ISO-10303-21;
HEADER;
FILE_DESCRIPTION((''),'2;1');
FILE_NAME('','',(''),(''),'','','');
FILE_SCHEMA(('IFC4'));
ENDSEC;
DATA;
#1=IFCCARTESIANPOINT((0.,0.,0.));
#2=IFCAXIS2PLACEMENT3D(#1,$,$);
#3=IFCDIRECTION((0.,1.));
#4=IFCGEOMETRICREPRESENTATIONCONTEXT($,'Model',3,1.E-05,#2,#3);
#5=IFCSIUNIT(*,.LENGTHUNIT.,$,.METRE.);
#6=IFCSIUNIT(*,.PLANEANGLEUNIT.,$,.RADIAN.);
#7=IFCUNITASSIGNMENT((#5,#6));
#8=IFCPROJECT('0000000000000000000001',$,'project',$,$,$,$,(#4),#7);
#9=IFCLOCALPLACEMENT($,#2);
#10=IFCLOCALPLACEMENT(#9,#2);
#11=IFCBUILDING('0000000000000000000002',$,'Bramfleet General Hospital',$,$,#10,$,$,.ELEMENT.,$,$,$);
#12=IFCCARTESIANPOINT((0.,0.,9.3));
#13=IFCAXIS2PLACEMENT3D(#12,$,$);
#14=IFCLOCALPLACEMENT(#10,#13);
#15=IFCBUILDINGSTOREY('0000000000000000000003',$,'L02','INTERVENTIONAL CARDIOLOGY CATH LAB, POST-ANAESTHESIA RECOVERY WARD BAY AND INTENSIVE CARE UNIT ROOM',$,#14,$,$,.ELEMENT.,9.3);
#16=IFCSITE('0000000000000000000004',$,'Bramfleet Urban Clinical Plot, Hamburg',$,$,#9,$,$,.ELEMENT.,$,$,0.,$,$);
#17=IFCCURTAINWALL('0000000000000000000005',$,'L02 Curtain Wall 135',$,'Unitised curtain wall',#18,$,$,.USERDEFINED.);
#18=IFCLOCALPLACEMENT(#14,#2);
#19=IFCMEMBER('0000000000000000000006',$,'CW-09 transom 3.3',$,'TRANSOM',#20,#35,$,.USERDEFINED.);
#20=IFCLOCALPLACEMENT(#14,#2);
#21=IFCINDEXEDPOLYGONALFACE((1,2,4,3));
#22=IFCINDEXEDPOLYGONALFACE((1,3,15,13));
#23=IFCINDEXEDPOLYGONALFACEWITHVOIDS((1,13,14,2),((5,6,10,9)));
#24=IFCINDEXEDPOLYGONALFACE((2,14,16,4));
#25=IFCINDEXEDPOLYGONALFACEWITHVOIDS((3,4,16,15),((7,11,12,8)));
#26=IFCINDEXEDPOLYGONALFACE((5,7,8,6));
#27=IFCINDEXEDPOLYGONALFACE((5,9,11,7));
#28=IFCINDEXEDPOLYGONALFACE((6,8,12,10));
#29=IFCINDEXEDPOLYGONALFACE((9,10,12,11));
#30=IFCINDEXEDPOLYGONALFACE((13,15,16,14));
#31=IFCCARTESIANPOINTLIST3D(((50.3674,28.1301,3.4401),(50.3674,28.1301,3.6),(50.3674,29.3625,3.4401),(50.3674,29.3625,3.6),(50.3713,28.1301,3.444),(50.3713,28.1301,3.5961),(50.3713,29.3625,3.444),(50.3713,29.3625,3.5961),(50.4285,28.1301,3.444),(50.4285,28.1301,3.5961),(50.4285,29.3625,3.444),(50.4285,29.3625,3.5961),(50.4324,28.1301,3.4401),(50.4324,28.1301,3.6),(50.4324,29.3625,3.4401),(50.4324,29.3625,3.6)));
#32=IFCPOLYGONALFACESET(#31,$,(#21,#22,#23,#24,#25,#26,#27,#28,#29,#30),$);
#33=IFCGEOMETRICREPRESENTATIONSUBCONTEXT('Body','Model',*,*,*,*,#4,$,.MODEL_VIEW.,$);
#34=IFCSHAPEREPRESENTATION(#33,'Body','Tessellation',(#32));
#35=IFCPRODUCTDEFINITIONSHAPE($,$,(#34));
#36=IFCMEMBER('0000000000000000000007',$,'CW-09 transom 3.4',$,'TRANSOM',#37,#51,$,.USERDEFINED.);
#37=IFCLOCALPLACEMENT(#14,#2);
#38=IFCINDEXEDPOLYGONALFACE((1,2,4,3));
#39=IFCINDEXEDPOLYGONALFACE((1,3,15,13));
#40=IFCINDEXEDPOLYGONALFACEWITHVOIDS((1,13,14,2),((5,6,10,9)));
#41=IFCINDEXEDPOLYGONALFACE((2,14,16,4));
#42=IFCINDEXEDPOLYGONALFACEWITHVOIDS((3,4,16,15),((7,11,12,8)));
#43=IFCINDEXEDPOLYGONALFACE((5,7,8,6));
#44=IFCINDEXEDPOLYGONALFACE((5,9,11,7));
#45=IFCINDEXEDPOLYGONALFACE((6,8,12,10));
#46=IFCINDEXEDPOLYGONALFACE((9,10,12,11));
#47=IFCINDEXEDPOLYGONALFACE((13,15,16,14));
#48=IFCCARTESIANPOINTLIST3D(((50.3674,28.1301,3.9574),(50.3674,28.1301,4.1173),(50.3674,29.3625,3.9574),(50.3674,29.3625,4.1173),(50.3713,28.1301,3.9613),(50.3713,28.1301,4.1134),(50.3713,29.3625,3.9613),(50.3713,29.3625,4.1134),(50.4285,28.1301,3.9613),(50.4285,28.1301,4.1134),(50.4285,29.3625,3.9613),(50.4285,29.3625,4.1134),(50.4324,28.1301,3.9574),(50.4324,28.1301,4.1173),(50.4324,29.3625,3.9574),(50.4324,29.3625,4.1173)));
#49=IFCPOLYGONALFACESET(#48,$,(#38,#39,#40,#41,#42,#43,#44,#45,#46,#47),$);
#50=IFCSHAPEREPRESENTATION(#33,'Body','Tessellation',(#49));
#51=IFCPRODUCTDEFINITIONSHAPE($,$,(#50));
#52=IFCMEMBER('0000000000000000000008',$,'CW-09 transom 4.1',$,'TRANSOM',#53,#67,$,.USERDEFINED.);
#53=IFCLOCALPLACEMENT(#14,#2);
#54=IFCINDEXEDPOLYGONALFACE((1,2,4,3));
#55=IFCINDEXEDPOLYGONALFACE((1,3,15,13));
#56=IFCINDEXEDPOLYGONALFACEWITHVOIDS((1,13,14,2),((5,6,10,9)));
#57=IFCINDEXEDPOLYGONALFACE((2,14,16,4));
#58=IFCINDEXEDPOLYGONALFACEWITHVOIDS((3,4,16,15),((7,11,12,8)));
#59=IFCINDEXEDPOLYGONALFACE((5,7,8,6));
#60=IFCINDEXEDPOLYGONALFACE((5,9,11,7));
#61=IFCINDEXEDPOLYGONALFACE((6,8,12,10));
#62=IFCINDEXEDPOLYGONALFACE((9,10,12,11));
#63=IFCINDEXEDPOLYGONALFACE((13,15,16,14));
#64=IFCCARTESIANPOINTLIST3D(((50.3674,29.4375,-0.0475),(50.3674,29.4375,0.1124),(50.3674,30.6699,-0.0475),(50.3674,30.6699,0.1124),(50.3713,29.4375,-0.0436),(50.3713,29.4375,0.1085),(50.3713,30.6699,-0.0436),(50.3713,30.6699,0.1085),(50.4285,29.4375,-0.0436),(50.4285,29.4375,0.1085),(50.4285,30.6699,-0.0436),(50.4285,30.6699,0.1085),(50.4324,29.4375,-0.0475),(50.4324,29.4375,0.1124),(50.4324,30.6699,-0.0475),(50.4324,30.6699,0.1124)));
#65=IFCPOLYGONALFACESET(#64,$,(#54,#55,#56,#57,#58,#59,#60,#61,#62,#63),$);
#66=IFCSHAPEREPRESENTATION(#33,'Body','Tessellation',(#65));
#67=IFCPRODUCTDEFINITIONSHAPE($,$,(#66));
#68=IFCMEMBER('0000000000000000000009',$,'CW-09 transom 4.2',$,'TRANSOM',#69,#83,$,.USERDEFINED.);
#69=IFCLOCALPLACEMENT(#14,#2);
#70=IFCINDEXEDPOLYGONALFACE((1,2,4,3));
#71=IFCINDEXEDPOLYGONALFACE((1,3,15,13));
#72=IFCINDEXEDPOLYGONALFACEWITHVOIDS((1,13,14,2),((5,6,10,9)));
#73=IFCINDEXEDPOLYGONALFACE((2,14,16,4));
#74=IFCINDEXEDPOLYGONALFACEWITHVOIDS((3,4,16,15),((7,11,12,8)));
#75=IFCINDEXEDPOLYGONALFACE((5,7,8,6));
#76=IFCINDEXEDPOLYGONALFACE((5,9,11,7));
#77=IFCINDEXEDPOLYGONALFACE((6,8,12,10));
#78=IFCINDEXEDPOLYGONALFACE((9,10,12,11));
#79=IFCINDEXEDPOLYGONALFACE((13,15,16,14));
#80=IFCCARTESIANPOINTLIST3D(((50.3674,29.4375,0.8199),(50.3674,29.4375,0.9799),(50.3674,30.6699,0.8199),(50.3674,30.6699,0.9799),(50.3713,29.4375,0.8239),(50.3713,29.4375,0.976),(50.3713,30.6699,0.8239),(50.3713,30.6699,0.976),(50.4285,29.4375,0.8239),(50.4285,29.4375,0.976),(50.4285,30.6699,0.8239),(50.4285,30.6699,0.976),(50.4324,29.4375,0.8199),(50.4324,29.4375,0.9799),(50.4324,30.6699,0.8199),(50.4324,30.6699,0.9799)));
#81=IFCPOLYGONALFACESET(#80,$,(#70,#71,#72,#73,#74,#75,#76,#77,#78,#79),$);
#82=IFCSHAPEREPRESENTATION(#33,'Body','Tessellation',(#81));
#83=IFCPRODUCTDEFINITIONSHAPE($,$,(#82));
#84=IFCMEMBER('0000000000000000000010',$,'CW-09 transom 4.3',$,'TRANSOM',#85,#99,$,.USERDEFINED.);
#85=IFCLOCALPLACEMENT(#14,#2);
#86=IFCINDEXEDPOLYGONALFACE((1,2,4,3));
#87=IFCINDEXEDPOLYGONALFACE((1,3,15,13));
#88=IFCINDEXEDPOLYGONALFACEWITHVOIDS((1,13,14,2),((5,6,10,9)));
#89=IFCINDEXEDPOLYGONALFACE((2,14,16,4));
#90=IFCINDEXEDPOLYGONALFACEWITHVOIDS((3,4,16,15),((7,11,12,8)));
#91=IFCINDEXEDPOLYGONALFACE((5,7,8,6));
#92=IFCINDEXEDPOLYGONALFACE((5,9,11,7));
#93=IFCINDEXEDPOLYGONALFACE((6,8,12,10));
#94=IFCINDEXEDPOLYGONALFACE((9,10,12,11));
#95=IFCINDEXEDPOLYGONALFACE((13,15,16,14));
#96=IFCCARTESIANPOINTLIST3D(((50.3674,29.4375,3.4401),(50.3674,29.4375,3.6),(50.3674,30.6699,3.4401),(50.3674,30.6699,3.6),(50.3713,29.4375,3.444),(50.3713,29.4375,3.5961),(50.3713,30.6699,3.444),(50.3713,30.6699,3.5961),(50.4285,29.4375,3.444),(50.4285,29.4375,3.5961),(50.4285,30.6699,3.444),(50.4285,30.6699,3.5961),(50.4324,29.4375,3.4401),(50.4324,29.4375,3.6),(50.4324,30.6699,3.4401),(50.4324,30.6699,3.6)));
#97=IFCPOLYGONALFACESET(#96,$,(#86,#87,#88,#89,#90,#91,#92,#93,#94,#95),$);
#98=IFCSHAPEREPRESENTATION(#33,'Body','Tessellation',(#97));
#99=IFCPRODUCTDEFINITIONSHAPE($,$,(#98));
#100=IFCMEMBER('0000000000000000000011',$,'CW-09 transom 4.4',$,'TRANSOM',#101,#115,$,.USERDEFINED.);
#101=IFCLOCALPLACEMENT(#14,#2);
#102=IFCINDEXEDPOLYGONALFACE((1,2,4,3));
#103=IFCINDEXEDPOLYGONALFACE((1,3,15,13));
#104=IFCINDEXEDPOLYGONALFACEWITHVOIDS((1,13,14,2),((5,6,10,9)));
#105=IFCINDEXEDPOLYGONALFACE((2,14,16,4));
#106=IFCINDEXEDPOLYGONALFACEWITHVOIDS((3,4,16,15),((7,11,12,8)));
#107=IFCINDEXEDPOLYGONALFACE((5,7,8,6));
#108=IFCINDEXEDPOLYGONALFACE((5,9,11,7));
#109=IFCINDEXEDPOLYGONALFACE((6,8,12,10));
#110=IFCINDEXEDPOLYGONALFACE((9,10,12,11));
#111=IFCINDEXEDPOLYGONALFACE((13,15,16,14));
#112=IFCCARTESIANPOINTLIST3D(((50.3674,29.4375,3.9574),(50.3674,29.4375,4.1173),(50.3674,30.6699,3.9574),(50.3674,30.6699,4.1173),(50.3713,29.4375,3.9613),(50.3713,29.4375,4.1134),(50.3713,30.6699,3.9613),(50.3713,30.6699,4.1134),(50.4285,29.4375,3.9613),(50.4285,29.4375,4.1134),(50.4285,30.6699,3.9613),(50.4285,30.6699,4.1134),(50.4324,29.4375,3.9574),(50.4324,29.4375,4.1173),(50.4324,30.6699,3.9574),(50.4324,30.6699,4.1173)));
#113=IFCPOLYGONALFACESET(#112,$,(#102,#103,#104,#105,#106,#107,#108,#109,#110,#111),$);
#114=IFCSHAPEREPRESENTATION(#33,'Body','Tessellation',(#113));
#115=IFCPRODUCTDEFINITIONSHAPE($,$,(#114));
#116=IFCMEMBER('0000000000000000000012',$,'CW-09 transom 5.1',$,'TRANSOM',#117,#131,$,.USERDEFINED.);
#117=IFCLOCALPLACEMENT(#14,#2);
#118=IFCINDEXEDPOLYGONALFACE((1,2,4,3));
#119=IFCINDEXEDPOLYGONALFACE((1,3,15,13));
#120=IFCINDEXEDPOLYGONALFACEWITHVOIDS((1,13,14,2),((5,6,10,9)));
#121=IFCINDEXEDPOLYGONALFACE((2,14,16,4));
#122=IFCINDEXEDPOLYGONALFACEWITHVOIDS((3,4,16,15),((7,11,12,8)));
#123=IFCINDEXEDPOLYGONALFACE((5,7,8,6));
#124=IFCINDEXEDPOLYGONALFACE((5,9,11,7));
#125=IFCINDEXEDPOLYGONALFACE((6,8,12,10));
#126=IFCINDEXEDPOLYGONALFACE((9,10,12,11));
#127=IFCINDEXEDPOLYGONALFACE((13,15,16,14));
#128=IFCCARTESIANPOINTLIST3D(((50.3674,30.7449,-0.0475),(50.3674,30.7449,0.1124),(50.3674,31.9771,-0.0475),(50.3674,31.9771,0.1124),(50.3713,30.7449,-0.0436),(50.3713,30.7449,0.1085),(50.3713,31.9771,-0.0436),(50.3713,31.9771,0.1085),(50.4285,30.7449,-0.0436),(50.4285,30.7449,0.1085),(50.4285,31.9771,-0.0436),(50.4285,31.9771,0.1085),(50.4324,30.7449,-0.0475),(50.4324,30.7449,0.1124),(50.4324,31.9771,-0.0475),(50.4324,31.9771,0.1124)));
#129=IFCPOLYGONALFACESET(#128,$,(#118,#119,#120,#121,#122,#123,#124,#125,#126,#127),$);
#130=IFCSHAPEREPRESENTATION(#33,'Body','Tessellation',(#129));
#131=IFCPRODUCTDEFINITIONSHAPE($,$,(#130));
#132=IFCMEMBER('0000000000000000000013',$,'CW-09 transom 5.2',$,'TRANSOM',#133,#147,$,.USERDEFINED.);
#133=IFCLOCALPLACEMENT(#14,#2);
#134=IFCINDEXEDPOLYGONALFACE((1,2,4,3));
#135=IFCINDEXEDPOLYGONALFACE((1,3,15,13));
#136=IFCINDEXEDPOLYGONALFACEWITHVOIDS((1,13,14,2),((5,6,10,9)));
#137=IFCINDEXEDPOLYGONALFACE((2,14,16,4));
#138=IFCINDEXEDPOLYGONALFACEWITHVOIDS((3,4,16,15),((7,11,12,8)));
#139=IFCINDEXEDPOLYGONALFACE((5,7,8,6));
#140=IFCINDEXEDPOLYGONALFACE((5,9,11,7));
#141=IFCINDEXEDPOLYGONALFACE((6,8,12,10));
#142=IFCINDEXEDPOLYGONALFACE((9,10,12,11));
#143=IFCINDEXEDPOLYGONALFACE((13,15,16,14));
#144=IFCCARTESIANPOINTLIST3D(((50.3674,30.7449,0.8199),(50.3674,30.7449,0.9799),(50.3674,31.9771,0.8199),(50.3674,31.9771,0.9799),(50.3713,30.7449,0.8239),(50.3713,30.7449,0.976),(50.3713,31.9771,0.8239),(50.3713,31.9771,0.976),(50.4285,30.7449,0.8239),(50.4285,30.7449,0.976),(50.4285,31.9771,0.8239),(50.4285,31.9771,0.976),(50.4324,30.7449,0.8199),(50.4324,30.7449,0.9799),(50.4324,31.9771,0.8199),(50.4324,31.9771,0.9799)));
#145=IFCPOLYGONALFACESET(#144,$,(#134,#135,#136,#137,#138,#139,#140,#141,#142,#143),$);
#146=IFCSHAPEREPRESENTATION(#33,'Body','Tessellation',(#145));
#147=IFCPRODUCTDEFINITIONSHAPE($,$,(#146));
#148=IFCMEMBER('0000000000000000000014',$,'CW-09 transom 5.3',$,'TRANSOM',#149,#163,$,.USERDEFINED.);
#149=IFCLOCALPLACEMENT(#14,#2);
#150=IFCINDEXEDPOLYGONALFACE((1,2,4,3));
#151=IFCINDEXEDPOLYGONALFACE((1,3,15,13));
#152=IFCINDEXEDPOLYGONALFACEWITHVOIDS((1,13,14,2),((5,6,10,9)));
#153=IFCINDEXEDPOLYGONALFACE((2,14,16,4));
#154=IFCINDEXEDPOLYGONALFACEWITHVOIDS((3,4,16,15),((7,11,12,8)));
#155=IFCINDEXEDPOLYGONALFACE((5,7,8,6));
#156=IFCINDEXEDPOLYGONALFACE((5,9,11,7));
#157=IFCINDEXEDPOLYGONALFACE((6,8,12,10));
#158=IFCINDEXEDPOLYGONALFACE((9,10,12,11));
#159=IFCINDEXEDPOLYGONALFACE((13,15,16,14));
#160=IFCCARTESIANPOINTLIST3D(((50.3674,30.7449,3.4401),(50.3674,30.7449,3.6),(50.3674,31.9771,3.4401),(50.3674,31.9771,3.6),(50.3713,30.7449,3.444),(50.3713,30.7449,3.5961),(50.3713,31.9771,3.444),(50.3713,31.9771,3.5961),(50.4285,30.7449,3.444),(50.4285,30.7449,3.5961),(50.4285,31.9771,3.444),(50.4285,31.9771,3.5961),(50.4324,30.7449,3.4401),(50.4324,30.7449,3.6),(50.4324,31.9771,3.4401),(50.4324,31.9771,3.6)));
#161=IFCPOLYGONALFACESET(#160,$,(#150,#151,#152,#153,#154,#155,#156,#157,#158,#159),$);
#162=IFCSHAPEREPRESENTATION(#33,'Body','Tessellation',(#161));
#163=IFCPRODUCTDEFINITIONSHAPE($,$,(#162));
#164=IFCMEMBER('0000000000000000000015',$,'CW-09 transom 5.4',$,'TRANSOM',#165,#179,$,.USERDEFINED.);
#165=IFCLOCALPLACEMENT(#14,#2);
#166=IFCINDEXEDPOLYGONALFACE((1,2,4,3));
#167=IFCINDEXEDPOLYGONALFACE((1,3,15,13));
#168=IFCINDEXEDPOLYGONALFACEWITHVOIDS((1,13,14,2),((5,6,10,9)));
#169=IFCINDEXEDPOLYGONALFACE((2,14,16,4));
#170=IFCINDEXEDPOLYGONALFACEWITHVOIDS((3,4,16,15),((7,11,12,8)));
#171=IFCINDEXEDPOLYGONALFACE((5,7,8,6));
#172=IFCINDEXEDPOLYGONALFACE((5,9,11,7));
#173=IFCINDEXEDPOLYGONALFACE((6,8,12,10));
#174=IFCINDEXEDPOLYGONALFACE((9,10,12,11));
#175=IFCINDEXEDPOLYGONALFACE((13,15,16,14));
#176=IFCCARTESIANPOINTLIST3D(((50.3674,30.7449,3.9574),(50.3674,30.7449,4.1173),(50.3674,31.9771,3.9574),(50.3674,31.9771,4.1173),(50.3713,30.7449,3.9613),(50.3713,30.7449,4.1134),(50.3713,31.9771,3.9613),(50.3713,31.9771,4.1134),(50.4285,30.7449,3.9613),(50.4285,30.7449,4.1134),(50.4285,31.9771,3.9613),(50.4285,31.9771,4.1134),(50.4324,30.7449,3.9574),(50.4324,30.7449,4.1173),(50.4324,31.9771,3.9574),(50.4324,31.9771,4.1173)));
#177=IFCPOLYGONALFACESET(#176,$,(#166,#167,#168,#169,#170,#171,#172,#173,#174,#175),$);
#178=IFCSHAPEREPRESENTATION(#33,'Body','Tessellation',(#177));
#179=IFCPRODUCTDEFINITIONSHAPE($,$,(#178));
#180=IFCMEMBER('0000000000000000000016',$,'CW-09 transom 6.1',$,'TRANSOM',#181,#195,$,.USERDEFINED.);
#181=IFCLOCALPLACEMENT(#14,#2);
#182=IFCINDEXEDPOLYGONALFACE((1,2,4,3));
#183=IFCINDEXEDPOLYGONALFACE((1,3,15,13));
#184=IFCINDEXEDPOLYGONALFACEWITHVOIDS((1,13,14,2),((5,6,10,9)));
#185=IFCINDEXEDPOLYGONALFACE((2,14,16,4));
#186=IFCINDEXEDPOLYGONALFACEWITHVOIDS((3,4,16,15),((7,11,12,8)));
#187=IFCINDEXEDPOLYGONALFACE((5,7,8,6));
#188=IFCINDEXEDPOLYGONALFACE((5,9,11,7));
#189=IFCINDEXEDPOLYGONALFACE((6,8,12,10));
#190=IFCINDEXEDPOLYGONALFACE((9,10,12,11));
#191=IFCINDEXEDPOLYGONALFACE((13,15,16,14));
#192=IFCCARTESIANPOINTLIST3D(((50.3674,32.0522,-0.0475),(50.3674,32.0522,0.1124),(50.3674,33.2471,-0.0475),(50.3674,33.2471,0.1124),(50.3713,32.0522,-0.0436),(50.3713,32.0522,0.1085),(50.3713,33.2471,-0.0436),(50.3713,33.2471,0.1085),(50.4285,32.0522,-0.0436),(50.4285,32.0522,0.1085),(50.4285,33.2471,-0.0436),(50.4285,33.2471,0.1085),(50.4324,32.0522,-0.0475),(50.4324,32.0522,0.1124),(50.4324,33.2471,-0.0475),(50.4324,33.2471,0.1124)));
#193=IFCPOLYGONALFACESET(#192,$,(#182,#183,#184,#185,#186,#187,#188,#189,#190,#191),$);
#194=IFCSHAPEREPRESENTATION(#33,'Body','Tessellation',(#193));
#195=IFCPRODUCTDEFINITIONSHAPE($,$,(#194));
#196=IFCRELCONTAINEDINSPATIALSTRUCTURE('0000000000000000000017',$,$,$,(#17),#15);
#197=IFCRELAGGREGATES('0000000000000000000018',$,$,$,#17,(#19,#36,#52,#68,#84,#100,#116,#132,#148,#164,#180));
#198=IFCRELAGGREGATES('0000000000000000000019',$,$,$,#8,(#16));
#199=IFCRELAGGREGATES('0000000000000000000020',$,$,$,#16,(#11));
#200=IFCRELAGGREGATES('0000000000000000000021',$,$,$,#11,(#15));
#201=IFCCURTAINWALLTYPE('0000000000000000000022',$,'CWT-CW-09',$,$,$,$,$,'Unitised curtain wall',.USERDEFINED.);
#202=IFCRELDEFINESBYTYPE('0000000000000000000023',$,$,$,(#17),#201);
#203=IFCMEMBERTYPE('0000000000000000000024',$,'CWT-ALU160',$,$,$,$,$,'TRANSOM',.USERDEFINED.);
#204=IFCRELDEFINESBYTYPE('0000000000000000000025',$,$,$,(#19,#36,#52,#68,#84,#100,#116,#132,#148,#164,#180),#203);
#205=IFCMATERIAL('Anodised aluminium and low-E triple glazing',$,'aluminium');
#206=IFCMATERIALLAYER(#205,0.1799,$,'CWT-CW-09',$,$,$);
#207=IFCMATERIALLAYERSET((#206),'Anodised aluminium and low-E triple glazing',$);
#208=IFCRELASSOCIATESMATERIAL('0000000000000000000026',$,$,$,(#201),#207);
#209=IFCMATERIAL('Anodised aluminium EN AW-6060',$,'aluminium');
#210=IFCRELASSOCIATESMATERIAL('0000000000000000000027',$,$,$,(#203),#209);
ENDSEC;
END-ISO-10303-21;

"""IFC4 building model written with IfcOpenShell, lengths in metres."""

from ifc_helpers import new_model, si_unit, direction, frame, origin, origin_2d, place, context, subcontext, project, spatial, hollow_rectangle, extrude, material, layer, layer_set, material_profile, profile_set, type_object, element, aggregate, save


model = new_model("IFC4")

# Units and contexts
model_context = context("Model", 3, precision=1e-05, world=origin(), true_north=direction((0.0, 1.0)))
body_context = subcontext(model_context, "Body", "Model", "MODEL_VIEW")
ifc_project = project(units=[si_unit("LENGTHUNIT", "METRE"), si_unit("PLANEANGLEUNIT", "RADIAN")], contexts=[model_context])

# Site, building, storey
site_placement = place(None, origin())
site = spatial("IfcSite", under=ifc_project, at=site_placement, Name="Bramfleet Urban Clinical Plot, Hamburg", CompositionType="ELEMENT", RefElevation=0.0)
building_placement = place(site_placement, origin())
building = spatial("IfcBuilding", under=site, at=building_placement, Name="Bramfleet General Hospital", CompositionType="ELEMENT")
storey_placement = place(building_placement, frame((0.0, 0.0, 9.3)))
storey = spatial("IfcBuildingStorey", under=building, at=storey_placement, Name="L02", Description="INTERVENTIONAL CARDIOLOGY CATH LAB, POST-ANAESTHESIA RECOVERY WARD BAY AND INTENSIVE CARE UNIT ROOM", CompositionType="ELEMENT", Elevation=9.3)

# Curtain wall, members
ifc_material_1 = material(Name="Anodised aluminium and low-E triple glazing", Category="aluminium")
ifc_layer_1 = layer(ifc_material_1, 0.1799, Name="CWT-CW-09")
ifc_layer_set_1 = layer_set([ifc_layer_1], Name="Anodised aluminium and low-E triple glazing")
curtain_wall_type = type_object("IfcCurtainWallType", Name="CWT-CW-09", ElementType="Unitised curtain wall", PredefinedType="USERDEFINED", material=ifc_layer_set_1)
curtain_wall_placement = place(storey_placement, origin())
curtain_wall = element("IfcCurtainWall", 1, at=curtain_wall_placement, inside=storey, type_object=curtain_wall_type, Name="L02 Curtain Wall 135", ObjectType="Unitised curtain wall", PredefinedType="USERDEFINED")
ifc_material_2 = material(Name="Anodised aluminium EN AW-6060", Category="aluminium")
ifc_material_profile_1 = material_profile(ifc_material_2, hollow_rectangle(XDim=0.0649, YDim=0.1599, WallThickness=0.0039, at=origin_2d()), Name="ALU 160x65x4.0")
ifc_profile_set_1 = profile_set([ifc_material_profile_1], Name="Anodised aluminium EN AW-6060")
member_type_1 = type_object("IfcMemberType", Name="CWT-ALU160", ElementType="TRANSOM", PredefinedType="USERDEFINED", material=ifc_profile_set_1)
member_1_placement = place(storey_placement, frame((50.3999, 28.1301, 3.52), z_axis=(0.0, 1.0, 0.0), x_axis=(-1.0, 0.0, 0.0)))
member_1 = element("IfcMember", 2, at=member_1_placement, type_object=member_type_1, Name="CW-09 transom 3.3", ObjectType="TRANSOM", PredefinedType="USERDEFINED", context=body_context, shape_type="SweptSolid", body=[
    extrude(hollow_rectangle(XDim=0.0649, YDim=0.1599, WallThickness=0.0039, at=origin_2d()), origin(), (0.0, 0.0, 1.0), 1.2324),
])
member_2_placement = place(storey_placement, frame((50.3999, 28.1301, 4.0374), z_axis=(0.0, 1.0, 0.0), x_axis=(-1.0, 0.0, 0.0)))
member_2 = element("IfcMember", 3, at=member_2_placement, type_object=member_type_1, Name="CW-09 transom 3.4", ObjectType="TRANSOM", PredefinedType="USERDEFINED", context=body_context, shape_type="SweptSolid", body=[
    extrude(hollow_rectangle(XDim=0.0649, YDim=0.1599, WallThickness=0.0039, at=origin_2d()), origin(), (0.0, 0.0, 1.0), 1.2324),
])
member_3_placement = place(storey_placement, frame((50.3999, 29.4375, 0.0325), z_axis=(0.0, 1.0, 0.0), x_axis=(-1.0, 0.0, 0.0)))
member_3 = element("IfcMember", 4, at=member_3_placement, type_object=member_type_1, Name="CW-09 transom 4.1", ObjectType="TRANSOM", PredefinedType="USERDEFINED", context=body_context, shape_type="SweptSolid", body=[
    extrude(hollow_rectangle(XDim=0.0649, YDim=0.1599, WallThickness=0.0039, at=origin_2d()), origin(), (0.0, 0.0, 1.0), 1.2324),
])
member_4_placement = place(storey_placement, frame((50.3999, 29.4375, 0.8999), z_axis=(0.0, 1.0, 0.0), x_axis=(-1.0, 0.0, 0.0)))
member_4 = element("IfcMember", 5, at=member_4_placement, type_object=member_type_1, Name="CW-09 transom 4.2", ObjectType="TRANSOM", PredefinedType="USERDEFINED", context=body_context, shape_type="SweptSolid", body=[
    extrude(hollow_rectangle(XDim=0.0649, YDim=0.1599, WallThickness=0.0039, at=origin_2d()), origin(), (0.0, 0.0, 1.0), 1.2324),
])
member_5_placement = place(storey_placement, frame((50.3999, 29.4375, 3.52), z_axis=(0.0, 1.0, 0.0), x_axis=(-1.0, 0.0, 0.0)))
member_5 = element("IfcMember", 6, at=member_5_placement, type_object=member_type_1, Name="CW-09 transom 4.3", ObjectType="TRANSOM", PredefinedType="USERDEFINED", context=body_context, shape_type="SweptSolid", body=[
    extrude(hollow_rectangle(XDim=0.0649, YDim=0.1599, WallThickness=0.0039, at=origin_2d()), origin(), (0.0, 0.0, 1.0), 1.2324),
])
member_6_placement = place(storey_placement, frame((50.3999, 29.4375, 4.0374), z_axis=(0.0, 1.0, 0.0), x_axis=(-1.0, 0.0, 0.0)))
member_6 = element("IfcMember", 7, at=member_6_placement, type_object=member_type_1, Name="CW-09 transom 4.4", ObjectType="TRANSOM", PredefinedType="USERDEFINED", context=body_context, shape_type="SweptSolid", body=[
    extrude(hollow_rectangle(XDim=0.0649, YDim=0.1599, WallThickness=0.0039, at=origin_2d()), origin(), (0.0, 0.0, 1.0), 1.2324),
])
member_7_placement = place(storey_placement, frame((50.3999, 30.7449, 0.0325), z_axis=(0.0, 1.0, 0.0), x_axis=(-1.0, 0.0, 0.0)))
member_7 = element("IfcMember", 8, at=member_7_placement, type_object=member_type_1, Name="CW-09 transom 5.1", ObjectType="TRANSOM", PredefinedType="USERDEFINED", context=body_context, shape_type="SweptSolid", body=[
    extrude(hollow_rectangle(XDim=0.0649, YDim=0.1599, WallThickness=0.0039, at=origin_2d()), origin(), (0.0, 0.0, 1.0), 1.2322),
])
member_8_placement = place(storey_placement, frame((50.3999, 30.7449, 0.8999), z_axis=(0.0, 1.0, 0.0), x_axis=(-1.0, 0.0, 0.0)))
member_8 = element("IfcMember", 9, at=member_8_placement, type_object=member_type_1, Name="CW-09 transom 5.2", ObjectType="TRANSOM", PredefinedType="USERDEFINED", context=body_context, shape_type="SweptSolid", body=[
    extrude(hollow_rectangle(XDim=0.0649, YDim=0.1599, WallThickness=0.0039, at=origin_2d()), origin(), (0.0, 0.0, 1.0), 1.2322),
])
member_9_placement = place(storey_placement, frame((50.3999, 30.7449, 3.52), z_axis=(0.0, 1.0, 0.0), x_axis=(-1.0, 0.0, 0.0)))
member_9 = element("IfcMember", 10, at=member_9_placement, type_object=member_type_1, Name="CW-09 transom 5.3", ObjectType="TRANSOM", PredefinedType="USERDEFINED", context=body_context, shape_type="SweptSolid", body=[
    extrude(hollow_rectangle(XDim=0.0649, YDim=0.1599, WallThickness=0.0039, at=origin_2d()), origin(), (0.0, 0.0, 1.0), 1.2322),
])
member_10_placement = place(storey_placement, frame((50.3999, 30.7449, 4.0374), z_axis=(0.0, 1.0, 0.0), x_axis=(-1.0, 0.0, 0.0)))
member_10 = element("IfcMember", 11, at=member_10_placement, type_object=member_type_1, Name="CW-09 transom 5.4", ObjectType="TRANSOM", PredefinedType="USERDEFINED", context=body_context, shape_type="SweptSolid", body=[
    extrude(hollow_rectangle(XDim=0.0649, YDim=0.1599, WallThickness=0.0039, at=origin_2d()), origin(), (0.0, 0.0, 1.0), 1.2322),
])
member_11_placement = place(storey_placement, frame((50.3999, 32.0522, 0.0325), z_axis=(0.0, 1.0, 0.0), x_axis=(-1.0, 0.0, 0.0)))
member_11 = element("IfcMember", 12, at=member_11_placement, type_object=member_type_1, Name="CW-09 transom 6.1", ObjectType="TRANSOM", PredefinedType="USERDEFINED", context=body_context, shape_type="SweptSolid", body=[
    extrude(hollow_rectangle(XDim=0.0649, YDim=0.1599, WallThickness=0.0039, at=origin_2d()), origin(), (0.0, 0.0, 1.0), 1.1948),
])
aggregate(curtain_wall, [member_1, member_2, member_3, member_4, member_5, member_6, member_7, member_8, member_9, member_10, member_11])

save(model, "model.ifc")
